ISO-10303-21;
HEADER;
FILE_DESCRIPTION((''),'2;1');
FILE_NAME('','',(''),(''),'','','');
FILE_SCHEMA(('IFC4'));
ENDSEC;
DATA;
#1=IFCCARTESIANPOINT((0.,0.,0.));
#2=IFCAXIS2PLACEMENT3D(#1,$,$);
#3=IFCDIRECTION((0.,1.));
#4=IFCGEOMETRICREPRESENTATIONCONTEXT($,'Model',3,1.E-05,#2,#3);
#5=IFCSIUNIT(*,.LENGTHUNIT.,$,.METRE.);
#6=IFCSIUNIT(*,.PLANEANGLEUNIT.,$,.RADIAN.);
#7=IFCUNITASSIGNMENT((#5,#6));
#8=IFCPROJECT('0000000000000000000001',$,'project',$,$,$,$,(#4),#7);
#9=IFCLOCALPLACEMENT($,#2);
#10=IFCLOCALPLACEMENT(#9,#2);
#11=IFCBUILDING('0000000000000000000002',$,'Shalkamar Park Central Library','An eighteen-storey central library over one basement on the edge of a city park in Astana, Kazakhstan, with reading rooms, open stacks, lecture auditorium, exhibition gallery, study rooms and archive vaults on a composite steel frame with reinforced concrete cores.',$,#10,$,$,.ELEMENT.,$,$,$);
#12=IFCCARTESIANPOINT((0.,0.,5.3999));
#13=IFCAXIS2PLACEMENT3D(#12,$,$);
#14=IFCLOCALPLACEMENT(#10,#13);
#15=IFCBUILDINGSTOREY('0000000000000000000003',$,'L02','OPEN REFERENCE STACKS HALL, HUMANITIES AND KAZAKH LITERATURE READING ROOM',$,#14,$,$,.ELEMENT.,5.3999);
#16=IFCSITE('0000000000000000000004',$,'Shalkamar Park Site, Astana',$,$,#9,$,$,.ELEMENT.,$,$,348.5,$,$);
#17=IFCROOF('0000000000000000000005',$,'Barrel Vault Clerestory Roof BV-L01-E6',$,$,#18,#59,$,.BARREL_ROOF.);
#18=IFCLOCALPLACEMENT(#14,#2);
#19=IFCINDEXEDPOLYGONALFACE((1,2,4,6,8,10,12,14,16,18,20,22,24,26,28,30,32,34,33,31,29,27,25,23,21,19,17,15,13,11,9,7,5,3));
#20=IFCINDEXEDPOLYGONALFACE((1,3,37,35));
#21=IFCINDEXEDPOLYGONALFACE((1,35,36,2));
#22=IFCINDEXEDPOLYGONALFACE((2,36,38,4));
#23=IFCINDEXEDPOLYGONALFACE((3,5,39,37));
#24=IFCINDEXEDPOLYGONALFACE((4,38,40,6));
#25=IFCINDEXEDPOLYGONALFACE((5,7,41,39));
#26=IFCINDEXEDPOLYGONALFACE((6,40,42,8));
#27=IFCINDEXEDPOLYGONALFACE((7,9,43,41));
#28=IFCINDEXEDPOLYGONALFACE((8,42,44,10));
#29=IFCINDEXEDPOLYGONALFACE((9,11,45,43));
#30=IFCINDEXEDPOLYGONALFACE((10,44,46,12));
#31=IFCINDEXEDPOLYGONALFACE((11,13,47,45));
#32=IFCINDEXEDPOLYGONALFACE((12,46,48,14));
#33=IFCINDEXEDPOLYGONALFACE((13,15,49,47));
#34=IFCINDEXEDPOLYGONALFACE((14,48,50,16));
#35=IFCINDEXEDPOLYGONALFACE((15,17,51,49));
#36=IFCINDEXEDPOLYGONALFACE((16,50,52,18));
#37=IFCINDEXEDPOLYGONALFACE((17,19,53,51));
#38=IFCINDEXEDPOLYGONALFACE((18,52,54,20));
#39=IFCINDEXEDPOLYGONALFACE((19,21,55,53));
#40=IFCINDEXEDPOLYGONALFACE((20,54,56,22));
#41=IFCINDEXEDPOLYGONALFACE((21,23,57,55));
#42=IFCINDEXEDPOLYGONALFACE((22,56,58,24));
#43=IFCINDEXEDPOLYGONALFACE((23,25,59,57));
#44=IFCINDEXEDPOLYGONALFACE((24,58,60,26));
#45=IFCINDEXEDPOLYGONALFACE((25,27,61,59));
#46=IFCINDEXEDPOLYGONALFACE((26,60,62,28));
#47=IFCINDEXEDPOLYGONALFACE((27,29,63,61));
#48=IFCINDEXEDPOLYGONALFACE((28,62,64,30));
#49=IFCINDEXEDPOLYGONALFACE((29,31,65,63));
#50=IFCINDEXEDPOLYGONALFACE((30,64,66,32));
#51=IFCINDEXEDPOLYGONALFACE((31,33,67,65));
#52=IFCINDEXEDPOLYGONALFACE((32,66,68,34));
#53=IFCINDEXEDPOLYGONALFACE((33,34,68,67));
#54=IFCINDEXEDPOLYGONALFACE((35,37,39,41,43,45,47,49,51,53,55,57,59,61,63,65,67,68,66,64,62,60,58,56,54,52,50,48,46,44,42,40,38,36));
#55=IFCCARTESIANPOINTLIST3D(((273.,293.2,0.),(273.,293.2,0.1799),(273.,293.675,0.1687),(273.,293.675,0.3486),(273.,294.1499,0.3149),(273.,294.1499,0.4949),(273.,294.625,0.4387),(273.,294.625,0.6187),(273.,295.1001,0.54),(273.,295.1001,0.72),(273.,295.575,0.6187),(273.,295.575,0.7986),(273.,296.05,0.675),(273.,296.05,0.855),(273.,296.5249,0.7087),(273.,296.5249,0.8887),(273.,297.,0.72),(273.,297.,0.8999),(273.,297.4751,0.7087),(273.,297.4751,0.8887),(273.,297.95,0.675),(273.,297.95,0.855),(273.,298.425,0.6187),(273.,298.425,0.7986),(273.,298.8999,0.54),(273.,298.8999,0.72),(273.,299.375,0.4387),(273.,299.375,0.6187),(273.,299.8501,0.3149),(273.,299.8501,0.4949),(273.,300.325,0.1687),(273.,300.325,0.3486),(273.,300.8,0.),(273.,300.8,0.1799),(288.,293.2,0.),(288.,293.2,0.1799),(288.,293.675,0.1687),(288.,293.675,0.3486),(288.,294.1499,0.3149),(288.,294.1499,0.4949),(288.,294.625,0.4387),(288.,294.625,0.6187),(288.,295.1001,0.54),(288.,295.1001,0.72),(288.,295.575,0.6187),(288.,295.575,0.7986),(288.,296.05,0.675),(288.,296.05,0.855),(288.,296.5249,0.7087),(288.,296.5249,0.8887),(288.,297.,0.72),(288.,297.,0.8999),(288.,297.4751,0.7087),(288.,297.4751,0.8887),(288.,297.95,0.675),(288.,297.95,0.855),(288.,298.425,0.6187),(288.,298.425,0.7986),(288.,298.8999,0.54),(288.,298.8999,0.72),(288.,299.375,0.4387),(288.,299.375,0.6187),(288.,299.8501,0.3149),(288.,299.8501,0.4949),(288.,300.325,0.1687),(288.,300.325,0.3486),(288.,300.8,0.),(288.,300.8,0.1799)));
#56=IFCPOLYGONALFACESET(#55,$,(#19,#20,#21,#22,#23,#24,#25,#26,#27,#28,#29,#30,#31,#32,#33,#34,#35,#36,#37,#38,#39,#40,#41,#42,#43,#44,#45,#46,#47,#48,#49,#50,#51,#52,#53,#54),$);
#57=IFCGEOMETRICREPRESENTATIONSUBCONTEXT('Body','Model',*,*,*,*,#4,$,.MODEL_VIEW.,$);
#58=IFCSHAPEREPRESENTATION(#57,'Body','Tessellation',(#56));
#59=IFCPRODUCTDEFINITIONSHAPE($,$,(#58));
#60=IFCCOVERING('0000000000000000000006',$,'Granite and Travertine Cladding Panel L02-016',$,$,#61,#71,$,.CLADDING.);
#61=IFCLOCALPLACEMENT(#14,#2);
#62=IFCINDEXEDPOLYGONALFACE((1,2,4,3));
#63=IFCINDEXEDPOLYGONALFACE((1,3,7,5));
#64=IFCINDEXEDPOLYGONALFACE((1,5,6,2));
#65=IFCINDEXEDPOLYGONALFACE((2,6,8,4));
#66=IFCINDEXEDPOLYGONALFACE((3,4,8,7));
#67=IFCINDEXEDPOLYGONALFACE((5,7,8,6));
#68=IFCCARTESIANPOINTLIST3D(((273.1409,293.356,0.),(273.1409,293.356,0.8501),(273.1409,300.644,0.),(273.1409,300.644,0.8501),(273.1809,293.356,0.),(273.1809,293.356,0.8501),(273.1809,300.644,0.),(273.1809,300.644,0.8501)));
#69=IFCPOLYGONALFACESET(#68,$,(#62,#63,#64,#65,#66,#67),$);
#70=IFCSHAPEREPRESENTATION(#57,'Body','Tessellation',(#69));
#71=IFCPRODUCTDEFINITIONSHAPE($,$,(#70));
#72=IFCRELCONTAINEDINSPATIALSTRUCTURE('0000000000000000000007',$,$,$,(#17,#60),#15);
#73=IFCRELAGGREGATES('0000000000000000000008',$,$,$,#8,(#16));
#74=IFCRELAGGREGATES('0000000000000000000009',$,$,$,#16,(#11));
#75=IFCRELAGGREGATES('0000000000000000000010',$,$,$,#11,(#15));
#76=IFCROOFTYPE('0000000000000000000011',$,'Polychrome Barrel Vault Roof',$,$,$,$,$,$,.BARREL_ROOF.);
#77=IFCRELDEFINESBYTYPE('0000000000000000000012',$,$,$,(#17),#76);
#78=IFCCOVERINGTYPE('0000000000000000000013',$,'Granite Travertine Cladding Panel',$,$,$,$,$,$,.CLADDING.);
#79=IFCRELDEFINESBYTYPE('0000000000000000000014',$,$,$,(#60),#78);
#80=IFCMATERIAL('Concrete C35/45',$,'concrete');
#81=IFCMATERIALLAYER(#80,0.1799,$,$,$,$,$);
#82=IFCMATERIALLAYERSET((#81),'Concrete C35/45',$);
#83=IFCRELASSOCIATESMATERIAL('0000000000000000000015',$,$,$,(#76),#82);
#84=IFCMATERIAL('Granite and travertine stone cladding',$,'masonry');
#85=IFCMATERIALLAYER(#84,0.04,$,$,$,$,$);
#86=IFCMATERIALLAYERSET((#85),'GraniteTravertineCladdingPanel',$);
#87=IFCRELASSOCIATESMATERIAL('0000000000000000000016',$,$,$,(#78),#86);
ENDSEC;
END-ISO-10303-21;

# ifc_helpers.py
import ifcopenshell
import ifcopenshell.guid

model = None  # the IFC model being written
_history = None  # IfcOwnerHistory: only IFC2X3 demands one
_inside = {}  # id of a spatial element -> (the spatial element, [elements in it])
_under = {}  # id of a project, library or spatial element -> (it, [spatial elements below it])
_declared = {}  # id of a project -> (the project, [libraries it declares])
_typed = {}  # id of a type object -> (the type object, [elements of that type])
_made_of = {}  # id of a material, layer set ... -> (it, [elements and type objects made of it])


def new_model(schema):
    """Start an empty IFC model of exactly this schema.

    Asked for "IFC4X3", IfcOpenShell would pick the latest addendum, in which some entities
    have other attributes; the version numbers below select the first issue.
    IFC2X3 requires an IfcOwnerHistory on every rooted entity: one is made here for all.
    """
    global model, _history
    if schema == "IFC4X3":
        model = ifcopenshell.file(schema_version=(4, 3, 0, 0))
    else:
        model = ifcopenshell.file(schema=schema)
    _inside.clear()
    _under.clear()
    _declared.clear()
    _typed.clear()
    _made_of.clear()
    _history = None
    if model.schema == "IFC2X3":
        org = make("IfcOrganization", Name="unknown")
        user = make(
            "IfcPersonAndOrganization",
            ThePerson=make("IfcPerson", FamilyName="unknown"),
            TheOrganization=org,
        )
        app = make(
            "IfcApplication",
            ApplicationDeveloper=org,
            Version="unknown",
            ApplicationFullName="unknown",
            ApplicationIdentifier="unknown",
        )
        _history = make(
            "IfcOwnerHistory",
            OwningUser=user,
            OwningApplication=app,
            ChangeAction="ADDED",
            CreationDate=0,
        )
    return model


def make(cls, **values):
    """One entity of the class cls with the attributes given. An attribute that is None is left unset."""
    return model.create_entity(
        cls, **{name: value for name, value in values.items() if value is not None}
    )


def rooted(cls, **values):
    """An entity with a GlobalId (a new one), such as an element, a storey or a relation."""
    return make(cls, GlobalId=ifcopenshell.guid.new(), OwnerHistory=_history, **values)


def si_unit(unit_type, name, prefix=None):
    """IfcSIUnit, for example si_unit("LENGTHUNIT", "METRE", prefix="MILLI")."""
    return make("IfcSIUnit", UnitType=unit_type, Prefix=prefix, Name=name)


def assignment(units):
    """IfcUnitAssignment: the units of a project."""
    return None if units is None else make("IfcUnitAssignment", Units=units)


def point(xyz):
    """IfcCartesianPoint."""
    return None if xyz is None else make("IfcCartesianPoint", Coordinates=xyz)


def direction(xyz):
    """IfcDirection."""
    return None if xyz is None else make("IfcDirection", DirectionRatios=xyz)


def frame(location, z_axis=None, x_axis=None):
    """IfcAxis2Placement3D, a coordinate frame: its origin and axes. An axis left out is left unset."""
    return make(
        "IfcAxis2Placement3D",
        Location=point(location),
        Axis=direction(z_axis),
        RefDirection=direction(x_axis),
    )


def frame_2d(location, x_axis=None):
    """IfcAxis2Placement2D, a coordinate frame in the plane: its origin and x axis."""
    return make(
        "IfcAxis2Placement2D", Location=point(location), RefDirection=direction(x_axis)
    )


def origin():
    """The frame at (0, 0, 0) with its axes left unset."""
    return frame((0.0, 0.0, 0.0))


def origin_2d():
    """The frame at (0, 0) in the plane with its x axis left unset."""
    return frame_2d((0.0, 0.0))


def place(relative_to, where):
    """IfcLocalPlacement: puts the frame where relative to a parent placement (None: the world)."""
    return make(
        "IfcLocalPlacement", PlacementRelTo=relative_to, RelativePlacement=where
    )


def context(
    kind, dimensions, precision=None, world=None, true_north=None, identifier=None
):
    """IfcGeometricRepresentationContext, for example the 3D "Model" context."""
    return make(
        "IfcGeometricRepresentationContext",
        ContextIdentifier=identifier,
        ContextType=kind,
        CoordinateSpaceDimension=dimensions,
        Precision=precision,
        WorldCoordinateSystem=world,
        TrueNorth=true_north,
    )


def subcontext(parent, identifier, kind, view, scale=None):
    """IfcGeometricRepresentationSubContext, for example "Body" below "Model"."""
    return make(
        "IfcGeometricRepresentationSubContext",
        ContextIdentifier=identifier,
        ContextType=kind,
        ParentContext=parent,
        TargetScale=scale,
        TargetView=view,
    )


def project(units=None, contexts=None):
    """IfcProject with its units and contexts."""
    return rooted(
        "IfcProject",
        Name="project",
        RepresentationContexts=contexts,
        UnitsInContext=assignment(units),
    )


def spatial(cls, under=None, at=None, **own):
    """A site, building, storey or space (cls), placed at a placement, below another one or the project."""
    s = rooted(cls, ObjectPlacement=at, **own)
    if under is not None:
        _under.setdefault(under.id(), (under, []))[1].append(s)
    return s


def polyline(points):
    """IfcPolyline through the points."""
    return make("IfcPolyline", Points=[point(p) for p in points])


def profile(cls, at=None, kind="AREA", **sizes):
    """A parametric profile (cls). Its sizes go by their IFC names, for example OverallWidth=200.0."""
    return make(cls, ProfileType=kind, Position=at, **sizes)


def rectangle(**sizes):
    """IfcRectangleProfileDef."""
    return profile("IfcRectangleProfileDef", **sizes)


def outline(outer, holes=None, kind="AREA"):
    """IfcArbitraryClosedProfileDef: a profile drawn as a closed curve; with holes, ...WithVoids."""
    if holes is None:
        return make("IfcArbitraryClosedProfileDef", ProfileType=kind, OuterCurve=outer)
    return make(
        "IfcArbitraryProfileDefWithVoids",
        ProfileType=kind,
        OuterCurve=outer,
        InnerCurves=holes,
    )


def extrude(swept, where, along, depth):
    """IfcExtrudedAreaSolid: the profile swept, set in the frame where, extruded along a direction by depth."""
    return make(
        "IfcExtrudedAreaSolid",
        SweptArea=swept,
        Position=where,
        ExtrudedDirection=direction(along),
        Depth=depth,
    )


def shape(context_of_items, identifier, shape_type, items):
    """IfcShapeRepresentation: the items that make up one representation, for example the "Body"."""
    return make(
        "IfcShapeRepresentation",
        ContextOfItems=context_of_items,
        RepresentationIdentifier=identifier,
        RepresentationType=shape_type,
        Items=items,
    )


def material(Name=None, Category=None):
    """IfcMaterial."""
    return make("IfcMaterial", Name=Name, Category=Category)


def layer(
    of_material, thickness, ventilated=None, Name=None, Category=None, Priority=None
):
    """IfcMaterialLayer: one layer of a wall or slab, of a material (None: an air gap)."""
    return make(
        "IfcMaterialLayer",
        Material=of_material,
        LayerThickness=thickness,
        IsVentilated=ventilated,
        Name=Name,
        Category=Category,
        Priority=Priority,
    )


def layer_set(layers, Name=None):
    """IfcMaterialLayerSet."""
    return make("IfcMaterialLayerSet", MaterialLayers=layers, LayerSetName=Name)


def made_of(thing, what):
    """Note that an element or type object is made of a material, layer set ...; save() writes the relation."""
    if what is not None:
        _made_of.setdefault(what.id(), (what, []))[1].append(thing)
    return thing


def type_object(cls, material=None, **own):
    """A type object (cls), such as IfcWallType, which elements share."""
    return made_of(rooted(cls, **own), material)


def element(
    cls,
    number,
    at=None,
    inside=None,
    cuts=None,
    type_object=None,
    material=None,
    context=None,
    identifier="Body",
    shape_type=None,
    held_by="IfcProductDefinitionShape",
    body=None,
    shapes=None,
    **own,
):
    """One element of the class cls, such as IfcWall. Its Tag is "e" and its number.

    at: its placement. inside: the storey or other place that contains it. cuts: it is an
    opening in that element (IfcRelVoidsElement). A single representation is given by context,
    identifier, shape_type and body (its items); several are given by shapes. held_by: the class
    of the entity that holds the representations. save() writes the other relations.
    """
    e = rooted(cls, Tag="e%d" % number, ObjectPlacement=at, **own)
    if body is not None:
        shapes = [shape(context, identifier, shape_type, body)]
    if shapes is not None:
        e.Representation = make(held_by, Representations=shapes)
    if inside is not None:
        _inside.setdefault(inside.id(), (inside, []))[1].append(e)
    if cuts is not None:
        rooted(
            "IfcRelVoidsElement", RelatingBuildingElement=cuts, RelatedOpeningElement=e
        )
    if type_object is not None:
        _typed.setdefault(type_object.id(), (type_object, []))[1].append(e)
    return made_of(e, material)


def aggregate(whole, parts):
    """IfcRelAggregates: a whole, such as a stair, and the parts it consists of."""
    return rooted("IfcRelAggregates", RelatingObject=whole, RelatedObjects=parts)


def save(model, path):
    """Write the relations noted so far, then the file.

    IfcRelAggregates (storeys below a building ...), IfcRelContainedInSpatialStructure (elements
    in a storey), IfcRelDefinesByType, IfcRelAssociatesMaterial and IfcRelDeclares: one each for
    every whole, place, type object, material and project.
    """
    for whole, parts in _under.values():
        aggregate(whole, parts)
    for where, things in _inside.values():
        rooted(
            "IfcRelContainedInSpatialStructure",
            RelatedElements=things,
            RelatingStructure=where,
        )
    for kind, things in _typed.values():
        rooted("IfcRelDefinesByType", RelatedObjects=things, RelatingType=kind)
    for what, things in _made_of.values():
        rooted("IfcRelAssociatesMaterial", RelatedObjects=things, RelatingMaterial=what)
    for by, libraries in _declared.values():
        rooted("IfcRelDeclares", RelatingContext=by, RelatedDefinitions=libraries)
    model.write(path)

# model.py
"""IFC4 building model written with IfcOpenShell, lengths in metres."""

from ifc_helpers import new_model, si_unit, direction, frame, origin, origin_2d, place, context, subcontext, project, spatial, polyline, rectangle, outline, extrude, material, layer, layer_set, type_object, element, save


model = new_model("IFC4")

# Units and contexts
model_context = context("Model", 3, precision=1e-05, world=origin(), true_north=direction((0.0, 1.0)))
body_context = subcontext(model_context, "Body", "Model", "MODEL_VIEW")
ifc_project = project(units=[si_unit("LENGTHUNIT", "METRE"), si_unit("PLANEANGLEUNIT", "RADIAN")], contexts=[model_context])

# Site, building, storey
site_placement = place(None, origin())
site = spatial("IfcSite", under=ifc_project, at=site_placement, Name="Shalkamar Park Site, Astana", CompositionType="ELEMENT", RefElevation=348.5)
building_placement = place(site_placement, origin())
building = spatial("IfcBuilding", under=site, at=building_placement, Name="Shalkamar Park Central Library", Description="An eighteen-storey central library over one basement on the edge of a city park in Astana, Kazakhstan, with reading rooms, open stacks, lecture auditorium, exhibition gallery, study rooms and archive vaults on a composite steel frame with reinforced concrete cores.", CompositionType="ELEMENT")
storey_placement = place(building_placement, frame((0.0, 0.0, 5.3999)))
storey = spatial("IfcBuildingStorey", under=building, at=storey_placement, Name="L02", Description="OPEN REFERENCE STACKS HALL, HUMANITIES AND KAZAKH LITERATURE READING ROOM", CompositionType="ELEMENT", Elevation=5.3999)

# Roof
ifc_material_1 = material(Name="Concrete C35/45", Category="concrete")
ifc_layer_1 = layer(ifc_material_1, 0.1799)
ifc_layer_set_1 = layer_set([ifc_layer_1], Name="Concrete C35/45")
roof_type = type_object("IfcRoofType", Name="Polychrome Barrel Vault Roof", PredefinedType="BARREL_ROOF", material=ifc_layer_set_1)
roof_placement = place(storey_placement, frame((273.0, 297.0, 0.0), z_axis=(0.0, 0.0, 1.0), x_axis=(1.0, 0.0, 0.0)))
element("IfcRoof", 1, at=roof_placement, inside=storey, type_object=roof_type, Name="Barrel Vault Clerestory Roof BV-L01-E6", PredefinedType="BARREL_ROOF", context=body_context, shape_type="SweptSolid", body=[
    extrude(outline(polyline([(-3.8, 0.1799), (-3.325, 0.3486), (-2.8501, 0.4949), (-2.375, 0.6187), (-1.8999, 0.72), (-1.425, 0.7986), (-0.95, 0.855), (-0.4751, 0.8887), (0.0, 0.8999), (0.4751, 0.8887), (0.95, 0.855), (1.425, 0.7986), (1.8999, 0.72), (2.375, 0.6187), (2.8501, 0.4949), (3.325, 0.3486), (3.8, 0.1799), (3.8, 0.0), (3.325, 0.1687), (2.8501, 0.3149), (2.375, 0.4387), (1.8999, 0.54), (1.425, 0.6187), (0.95, 0.675), (0.4751, 0.7087), (0.0, 0.72), (-0.4751, 0.7087), (-0.95, 0.675), (-1.425, 0.6187), (-1.8999, 0.54), (-2.375, 0.4387), (-2.8501, 0.3149), (-3.325, 0.1687), (-3.8, 0.0), (-3.8, 0.1799)])), frame((0.0, 0.0, 0.0), z_axis=(1.0, 0.0, 0.0), x_axis=(0.0, 1.0, 0.0)), (0.0, 0.0, 1.0), 15.0),
])

# Covering
ifc_material_2 = material(Name="Granite and travertine stone cladding", Category="masonry")
ifc_layer_2 = layer(ifc_material_2, 0.04)
ifc_layer_set_2 = layer_set([ifc_layer_2], Name="GraniteTravertineCladdingPanel")
covering_type = type_object("IfcCoveringType", Name="Granite Travertine Cladding Panel", PredefinedType="CLADDING", material=ifc_layer_set_2)
covering_placement = place(storey_placement, frame((273.1609, 297.0, 0.0), z_axis=(0.0, 0.0, 1.0), x_axis=(1.0, 0.0, 0.0)))
element("IfcCovering", 2, at=covering_placement, inside=storey, type_object=covering_type, Name="Granite and Travertine Cladding Panel L02-016", PredefinedType="CLADDING", context=body_context, shape_type="SweptSolid", body=[
    extrude(rectangle(XDim=0.04, YDim=7.2881, at=origin_2d()), origin(), (0.0, 0.0, 1.0), 0.8501),
])

save(model, "model.ifc")
